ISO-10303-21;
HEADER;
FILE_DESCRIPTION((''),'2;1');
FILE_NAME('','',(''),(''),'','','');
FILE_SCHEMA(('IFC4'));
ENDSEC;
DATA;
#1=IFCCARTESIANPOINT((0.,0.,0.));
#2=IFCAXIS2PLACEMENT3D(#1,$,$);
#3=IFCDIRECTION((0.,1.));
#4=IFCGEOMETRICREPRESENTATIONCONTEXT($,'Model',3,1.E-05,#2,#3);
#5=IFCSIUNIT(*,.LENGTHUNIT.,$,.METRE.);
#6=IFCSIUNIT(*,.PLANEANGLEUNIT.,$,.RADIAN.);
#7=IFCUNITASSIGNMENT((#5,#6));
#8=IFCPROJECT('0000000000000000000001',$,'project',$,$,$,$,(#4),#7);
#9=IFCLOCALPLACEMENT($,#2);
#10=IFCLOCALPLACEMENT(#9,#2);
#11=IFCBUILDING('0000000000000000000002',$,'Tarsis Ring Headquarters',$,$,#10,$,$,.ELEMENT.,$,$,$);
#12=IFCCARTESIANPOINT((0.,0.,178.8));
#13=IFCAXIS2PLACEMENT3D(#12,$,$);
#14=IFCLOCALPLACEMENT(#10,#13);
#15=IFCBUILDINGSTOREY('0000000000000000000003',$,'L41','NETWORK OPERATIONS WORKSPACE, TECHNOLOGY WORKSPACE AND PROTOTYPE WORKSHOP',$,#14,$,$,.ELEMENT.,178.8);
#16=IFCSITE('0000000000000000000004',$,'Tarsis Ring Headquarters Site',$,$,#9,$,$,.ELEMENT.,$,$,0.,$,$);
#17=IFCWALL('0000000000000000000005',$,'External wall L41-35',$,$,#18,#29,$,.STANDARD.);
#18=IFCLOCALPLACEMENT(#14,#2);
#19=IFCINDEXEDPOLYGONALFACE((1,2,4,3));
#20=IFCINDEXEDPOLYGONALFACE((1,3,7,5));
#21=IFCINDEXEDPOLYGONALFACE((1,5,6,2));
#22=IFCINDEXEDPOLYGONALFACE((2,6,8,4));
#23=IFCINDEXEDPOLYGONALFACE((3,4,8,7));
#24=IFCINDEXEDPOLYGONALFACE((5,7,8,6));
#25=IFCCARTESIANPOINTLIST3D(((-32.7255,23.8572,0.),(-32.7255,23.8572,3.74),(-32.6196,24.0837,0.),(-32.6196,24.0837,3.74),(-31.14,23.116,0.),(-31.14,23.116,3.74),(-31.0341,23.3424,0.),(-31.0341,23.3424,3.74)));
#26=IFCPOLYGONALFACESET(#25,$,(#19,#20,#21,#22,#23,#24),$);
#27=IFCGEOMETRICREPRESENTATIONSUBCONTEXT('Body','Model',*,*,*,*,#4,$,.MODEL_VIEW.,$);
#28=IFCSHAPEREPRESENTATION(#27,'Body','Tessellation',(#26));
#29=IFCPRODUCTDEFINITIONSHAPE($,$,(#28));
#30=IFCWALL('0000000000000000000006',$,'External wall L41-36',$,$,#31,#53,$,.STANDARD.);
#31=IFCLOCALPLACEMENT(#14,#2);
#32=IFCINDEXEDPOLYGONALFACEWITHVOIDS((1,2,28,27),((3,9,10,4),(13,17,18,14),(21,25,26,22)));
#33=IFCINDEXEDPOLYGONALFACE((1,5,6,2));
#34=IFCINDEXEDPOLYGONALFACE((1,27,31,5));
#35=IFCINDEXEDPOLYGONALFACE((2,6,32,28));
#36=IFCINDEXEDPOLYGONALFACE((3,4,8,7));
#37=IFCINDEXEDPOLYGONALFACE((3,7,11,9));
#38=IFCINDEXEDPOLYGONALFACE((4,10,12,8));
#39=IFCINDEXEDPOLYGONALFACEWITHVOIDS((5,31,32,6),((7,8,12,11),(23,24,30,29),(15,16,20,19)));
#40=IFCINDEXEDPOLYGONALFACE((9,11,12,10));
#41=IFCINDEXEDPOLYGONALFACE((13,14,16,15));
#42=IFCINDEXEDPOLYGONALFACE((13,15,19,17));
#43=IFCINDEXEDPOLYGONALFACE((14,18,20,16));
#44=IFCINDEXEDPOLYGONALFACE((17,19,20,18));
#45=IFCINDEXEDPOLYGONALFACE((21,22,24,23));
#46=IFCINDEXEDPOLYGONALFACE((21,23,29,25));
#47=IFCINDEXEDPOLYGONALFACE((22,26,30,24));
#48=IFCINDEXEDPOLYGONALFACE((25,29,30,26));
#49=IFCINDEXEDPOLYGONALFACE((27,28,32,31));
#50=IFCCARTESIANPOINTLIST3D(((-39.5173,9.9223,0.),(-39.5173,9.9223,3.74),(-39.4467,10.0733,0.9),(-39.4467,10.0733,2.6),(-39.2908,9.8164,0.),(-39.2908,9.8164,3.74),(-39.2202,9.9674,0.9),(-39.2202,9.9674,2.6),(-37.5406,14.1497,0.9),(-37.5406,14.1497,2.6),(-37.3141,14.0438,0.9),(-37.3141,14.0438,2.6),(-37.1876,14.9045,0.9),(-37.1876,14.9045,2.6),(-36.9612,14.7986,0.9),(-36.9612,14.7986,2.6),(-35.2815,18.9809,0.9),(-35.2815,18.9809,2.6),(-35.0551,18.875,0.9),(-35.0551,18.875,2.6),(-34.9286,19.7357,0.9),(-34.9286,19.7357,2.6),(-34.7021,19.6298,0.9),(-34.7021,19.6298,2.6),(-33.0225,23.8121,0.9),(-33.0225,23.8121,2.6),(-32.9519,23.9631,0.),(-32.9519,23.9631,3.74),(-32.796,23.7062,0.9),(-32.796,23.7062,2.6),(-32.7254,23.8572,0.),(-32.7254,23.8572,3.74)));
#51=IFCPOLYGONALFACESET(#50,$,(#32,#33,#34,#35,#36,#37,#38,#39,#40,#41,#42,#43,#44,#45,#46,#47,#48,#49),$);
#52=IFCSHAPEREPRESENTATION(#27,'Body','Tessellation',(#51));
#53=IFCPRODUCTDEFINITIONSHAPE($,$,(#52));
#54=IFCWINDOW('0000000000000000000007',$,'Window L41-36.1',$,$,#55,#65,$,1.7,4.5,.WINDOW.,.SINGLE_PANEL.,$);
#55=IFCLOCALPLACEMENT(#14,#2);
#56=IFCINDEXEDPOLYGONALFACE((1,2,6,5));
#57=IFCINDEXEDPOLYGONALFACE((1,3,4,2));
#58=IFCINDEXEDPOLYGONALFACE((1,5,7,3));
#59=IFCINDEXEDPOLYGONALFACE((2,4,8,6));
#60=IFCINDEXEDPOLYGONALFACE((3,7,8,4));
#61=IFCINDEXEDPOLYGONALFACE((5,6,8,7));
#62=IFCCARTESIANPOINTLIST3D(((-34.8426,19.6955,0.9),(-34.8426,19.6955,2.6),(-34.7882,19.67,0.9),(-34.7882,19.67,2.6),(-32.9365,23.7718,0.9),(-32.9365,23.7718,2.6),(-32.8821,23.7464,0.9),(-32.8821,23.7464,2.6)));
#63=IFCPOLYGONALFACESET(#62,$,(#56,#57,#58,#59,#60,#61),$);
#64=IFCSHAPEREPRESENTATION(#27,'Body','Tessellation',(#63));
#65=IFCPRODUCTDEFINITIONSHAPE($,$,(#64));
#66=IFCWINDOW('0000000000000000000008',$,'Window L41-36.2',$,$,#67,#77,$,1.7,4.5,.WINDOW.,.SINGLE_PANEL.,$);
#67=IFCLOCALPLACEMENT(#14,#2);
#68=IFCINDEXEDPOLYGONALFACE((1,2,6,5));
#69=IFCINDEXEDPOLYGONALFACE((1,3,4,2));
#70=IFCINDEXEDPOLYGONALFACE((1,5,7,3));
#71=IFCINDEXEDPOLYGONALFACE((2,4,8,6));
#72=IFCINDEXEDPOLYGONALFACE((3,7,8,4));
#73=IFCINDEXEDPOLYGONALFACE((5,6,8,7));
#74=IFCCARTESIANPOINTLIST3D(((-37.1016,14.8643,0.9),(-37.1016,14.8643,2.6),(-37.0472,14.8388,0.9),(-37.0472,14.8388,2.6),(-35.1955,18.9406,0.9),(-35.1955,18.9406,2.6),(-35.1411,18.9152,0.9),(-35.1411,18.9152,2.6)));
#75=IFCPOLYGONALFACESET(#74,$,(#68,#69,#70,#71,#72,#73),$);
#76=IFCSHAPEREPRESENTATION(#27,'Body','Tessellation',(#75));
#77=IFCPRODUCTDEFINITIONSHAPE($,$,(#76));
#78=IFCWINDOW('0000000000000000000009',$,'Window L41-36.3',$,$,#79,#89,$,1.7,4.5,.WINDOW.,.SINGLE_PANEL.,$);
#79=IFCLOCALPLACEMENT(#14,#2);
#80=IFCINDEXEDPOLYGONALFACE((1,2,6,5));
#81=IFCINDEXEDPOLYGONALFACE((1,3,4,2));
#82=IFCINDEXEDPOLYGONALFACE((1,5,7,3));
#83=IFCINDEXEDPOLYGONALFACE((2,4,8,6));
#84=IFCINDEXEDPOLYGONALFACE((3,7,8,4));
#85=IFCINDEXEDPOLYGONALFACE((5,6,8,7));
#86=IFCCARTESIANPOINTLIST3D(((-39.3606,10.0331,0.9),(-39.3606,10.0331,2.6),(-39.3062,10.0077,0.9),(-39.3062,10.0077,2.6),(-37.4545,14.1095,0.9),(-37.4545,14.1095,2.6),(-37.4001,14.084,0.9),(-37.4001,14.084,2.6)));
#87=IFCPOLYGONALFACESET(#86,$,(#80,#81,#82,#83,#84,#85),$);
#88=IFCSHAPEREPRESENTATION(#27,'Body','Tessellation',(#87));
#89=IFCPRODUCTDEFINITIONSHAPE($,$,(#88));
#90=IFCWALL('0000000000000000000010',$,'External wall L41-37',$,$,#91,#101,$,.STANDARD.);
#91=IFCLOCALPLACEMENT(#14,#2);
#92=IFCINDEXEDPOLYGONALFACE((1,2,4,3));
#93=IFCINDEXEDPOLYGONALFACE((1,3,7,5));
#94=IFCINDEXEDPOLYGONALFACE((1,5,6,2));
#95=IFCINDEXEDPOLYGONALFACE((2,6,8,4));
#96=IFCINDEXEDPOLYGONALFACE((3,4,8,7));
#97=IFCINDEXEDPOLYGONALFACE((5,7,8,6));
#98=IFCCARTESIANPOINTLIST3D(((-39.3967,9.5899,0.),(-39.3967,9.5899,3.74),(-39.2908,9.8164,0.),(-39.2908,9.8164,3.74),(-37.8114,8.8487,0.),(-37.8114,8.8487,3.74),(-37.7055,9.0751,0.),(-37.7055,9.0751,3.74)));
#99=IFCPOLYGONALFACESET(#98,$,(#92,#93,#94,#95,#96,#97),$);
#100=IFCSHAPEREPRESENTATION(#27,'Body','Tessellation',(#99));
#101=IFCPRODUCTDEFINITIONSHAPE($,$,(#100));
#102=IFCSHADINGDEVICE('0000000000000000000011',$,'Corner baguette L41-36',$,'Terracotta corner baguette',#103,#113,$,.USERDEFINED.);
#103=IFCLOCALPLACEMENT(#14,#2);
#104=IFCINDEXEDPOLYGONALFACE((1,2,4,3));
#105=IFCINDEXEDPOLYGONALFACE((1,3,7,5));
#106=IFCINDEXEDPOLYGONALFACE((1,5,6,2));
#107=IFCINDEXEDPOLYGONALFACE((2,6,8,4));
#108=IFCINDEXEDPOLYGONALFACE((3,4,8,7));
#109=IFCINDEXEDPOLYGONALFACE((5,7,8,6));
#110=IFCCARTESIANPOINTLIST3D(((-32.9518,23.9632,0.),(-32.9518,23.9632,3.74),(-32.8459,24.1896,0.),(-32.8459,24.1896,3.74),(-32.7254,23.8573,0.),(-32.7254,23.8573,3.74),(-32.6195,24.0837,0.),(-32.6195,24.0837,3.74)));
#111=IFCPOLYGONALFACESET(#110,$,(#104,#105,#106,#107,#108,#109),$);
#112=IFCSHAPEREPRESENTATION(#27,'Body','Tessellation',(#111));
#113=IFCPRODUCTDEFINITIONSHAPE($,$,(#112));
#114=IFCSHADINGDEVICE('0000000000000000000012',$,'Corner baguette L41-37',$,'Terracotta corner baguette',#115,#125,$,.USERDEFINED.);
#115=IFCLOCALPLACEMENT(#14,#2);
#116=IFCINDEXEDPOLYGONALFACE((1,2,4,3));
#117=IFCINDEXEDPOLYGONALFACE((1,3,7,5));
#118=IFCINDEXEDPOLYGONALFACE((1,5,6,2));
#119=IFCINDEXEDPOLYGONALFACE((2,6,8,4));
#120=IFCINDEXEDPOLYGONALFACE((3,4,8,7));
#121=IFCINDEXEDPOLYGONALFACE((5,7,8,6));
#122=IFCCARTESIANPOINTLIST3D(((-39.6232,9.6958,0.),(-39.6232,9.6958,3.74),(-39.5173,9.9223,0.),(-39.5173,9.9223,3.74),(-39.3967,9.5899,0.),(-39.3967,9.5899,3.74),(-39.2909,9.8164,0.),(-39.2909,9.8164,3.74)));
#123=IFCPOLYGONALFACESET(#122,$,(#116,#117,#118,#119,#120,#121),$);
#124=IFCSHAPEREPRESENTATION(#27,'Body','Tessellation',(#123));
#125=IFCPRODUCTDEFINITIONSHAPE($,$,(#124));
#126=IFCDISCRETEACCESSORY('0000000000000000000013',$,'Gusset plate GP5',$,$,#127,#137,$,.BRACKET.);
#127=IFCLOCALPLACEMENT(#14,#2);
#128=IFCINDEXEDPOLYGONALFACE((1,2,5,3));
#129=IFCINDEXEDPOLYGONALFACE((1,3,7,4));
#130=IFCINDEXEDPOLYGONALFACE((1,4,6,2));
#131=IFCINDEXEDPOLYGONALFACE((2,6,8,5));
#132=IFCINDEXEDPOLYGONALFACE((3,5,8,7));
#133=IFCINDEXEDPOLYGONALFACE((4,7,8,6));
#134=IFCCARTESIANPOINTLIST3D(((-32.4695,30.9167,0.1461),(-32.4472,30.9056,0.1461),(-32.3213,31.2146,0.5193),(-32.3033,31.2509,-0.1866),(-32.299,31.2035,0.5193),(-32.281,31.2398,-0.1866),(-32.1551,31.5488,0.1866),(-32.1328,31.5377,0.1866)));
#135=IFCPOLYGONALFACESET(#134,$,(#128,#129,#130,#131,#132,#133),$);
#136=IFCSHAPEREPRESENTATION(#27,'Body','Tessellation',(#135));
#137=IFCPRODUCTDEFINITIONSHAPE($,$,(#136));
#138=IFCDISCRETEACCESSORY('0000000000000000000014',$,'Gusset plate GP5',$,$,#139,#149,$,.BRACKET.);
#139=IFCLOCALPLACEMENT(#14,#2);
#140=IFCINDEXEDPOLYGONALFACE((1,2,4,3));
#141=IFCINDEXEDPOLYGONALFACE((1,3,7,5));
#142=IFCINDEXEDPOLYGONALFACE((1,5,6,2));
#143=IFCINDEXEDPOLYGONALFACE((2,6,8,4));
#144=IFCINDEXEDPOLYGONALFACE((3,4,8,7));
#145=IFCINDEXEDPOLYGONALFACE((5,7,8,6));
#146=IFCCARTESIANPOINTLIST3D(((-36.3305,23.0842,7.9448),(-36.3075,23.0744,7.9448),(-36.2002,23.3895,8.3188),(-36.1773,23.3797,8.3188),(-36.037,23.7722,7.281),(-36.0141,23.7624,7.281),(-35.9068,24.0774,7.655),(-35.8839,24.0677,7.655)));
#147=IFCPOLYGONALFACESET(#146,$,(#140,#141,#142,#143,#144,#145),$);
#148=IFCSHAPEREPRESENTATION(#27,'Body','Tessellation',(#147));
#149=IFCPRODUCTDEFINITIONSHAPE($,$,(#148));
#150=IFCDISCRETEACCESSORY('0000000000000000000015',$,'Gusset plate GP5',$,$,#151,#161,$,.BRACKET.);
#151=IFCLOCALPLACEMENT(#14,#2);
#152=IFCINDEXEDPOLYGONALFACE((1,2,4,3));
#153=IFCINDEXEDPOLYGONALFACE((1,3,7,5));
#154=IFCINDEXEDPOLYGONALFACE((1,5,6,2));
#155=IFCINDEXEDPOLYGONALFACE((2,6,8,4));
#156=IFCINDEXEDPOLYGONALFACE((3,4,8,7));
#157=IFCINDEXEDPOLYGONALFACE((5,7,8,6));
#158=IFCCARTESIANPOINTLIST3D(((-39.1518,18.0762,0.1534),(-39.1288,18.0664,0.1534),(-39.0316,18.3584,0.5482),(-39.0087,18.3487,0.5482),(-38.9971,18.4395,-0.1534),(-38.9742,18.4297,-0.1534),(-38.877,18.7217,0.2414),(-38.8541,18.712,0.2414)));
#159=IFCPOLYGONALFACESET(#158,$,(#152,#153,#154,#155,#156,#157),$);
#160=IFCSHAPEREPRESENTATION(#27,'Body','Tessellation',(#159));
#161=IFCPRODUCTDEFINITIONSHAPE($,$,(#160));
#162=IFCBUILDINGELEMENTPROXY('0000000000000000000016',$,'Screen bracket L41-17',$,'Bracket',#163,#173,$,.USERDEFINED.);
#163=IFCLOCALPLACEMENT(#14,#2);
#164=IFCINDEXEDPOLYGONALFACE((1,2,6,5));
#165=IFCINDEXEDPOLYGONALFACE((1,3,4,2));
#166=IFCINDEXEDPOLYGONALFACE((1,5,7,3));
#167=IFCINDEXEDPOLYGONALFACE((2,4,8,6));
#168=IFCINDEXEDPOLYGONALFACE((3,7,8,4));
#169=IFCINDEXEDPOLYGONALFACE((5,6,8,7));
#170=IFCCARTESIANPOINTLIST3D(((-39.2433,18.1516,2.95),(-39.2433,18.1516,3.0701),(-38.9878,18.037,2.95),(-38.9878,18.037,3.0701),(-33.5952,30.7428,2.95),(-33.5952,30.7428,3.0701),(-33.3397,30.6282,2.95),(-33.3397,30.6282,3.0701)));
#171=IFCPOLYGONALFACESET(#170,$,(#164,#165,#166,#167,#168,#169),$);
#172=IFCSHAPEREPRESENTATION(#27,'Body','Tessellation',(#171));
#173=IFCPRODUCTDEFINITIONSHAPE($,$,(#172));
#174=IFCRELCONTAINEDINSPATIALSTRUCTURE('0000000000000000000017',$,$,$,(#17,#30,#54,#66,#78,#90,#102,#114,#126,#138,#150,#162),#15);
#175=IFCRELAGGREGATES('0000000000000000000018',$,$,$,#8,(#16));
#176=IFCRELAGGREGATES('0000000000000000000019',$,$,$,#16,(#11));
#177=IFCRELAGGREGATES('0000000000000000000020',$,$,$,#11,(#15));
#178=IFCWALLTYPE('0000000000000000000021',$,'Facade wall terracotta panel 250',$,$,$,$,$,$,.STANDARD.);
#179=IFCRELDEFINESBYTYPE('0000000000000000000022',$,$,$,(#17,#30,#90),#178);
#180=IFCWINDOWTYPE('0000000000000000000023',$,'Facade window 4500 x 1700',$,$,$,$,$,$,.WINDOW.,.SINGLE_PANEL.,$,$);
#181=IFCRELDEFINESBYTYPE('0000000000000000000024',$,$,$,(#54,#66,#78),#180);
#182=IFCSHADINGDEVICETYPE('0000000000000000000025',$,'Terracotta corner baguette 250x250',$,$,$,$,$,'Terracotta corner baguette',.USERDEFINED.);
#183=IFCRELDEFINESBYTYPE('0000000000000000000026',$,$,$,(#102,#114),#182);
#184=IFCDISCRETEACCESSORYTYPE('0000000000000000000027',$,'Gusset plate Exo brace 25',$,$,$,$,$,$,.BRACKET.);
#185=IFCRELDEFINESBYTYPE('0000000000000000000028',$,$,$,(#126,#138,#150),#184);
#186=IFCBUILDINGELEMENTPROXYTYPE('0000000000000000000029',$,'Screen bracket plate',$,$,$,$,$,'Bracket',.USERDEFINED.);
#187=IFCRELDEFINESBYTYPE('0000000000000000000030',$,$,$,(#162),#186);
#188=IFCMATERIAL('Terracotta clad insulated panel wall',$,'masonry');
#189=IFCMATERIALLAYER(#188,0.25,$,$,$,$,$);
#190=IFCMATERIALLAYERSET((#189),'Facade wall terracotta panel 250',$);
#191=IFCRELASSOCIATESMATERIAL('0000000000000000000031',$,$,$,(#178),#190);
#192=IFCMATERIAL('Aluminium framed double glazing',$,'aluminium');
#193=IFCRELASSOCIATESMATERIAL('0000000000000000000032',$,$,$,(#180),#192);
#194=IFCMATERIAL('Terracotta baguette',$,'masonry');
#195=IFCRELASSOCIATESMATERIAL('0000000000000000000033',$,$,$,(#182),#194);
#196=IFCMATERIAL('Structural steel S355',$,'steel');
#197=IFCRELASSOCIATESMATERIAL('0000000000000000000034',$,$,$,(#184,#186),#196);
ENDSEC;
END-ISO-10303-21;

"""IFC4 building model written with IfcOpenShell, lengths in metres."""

from ifc_helpers import new_model, si_unit, direction, frame, frame_2d, origin, origin_2d, place, context, subcontext, project, spatial, rectangle, extrude, material, layer, layer_set, material_profile, profile_set, type_object, element, fill, save


model = new_model("IFC4")

# Units and contexts
model_context = context("Model", 3, precision=1e-05, world=origin(), true_north=direction((0.0, 1.0)))
body_context = subcontext(model_context, "Body", "Model", "MODEL_VIEW")
ifc_project = project(units=[si_unit("LENGTHUNIT", "METRE"), si_unit("PLANEANGLEUNIT", "RADIAN")], contexts=[model_context])

# Site, building, storey
site_placement = place(None, origin())
site = spatial("IfcSite", under=ifc_project, at=site_placement, Name="Tarsis Ring Headquarters Site", CompositionType="ELEMENT", RefElevation=0.0)
building_placement = place(site_placement, origin())
building = spatial("IfcBuilding", under=site, at=building_placement, Name="Tarsis Ring Headquarters", CompositionType="ELEMENT")
storey_placement = place(building_placement, frame((0.0, 0.0, 178.8)))
storey = spatial("IfcBuildingStorey", under=building, at=storey_placement, Name="L41", Description="NETWORK OPERATIONS WORKSPACE, TECHNOLOGY WORKSPACE AND PROTOTYPE WORKSHOP", CompositionType="ELEMENT", Elevation=178.8)

# Shared definitions
ifc_material_1 = material(Name="Structural steel S355", Category="steel")

# Wall
ifc_material_2 = material(Name="Terracotta clad insulated panel wall", Category="masonry")
ifc_layer_1 = layer(ifc_material_2, 0.25)
ifc_layer_set_1 = layer_set([ifc_layer_1], Name="Facade wall terracotta panel 250")
wall_type_1 = type_object("IfcWallType", Name="Facade wall terracotta panel 250", PredefinedType="STANDARD", material=ifc_layer_set_1)
wall_1_placement = place(storey_placement, frame((-31.0872, 23.2292, 0.0), z_axis=(0.0, 0.0, 1.0), x_axis=(-0.905891, 0.423512, 0.0)))
element("IfcWall", 1, at=wall_1_placement, inside=storey, type_object=wall_type_1, Name="External wall L41-35", PredefinedType="STANDARD", context=body_context, shape_type="SweptSolid", body=[
    extrude(rectangle(XDim=1.7502, YDim=0.25, at=frame_2d((0.875, 0.0))), origin(), (0.0, 0.0, 1.0), 3.74),
])

# Wall, openings, windows
wall_2_placement = place(storey_placement, frame((-32.8386, 23.9102, 0.0), z_axis=(0.0, 0.0, 1.0), x_axis=(-0.423578, -0.90586, 0.0)))
wall_2 = element("IfcWall", 2, at=wall_2_placement, inside=storey, type_object=wall_type_1, Name="External wall L41-36", PredefinedType="STANDARD", context=body_context, shape_type="SweptSolid", body=[
    extrude(rectangle(XDim=15.5, YDim=0.25, at=frame_2d((7.75, 0.0))), origin(), (0.0, 0.0, 1.0), 3.74),
])
opening_1_placement = place(wall_2_placement, frame((0.1667, 0.0, 0.8999)))
opening_1 = element("IfcOpeningElement", 3, at=opening_1_placement, cuts=wall_2, PredefinedType="OPENING", context=body_context, shape_type="SweptSolid", body=[
    extrude(rectangle(XDim=4.5, YDim=1.7, at=frame_2d((2.25, 0.8501))), frame((0.0, 0.135, 0.0), z_axis=(0.0, -1.0, 0.0), x_axis=(1.0, 0.0, 0.0)), (0.0, 0.0, 1.0), 0.27),
])
opening_2_placement = place(wall_2_placement, frame((5.5, 0.0, 0.8999)))
opening_2 = element("IfcOpeningElement", 4, at=opening_2_placement, cuts=wall_2, PredefinedType="OPENING", context=body_context, shape_type="SweptSolid", body=[
    extrude(rectangle(XDim=4.5, YDim=1.7, at=frame_2d((2.25, 0.8501))), frame((0.0, 0.135, 0.0), z_axis=(0.0, -1.0, 0.0), x_axis=(1.0, 0.0, 0.0)), (0.0, 0.0, 1.0), 0.27),
])
opening_3_placement = place(wall_2_placement, frame((10.8333, 0.0, 0.8999)))
opening_3 = element("IfcOpeningElement", 5, at=opening_3_placement, cuts=wall_2, PredefinedType="OPENING", context=body_context, shape_type="SweptSolid", body=[
    extrude(rectangle(XDim=4.5, YDim=1.7, at=frame_2d((2.25, 0.8501))), frame((0.0, 0.135, 0.0), z_axis=(0.0, -1.0, 0.0), x_axis=(1.0, 0.0, 0.0)), (0.0, 0.0, 1.0), 0.27),
])
ifc_material_3 = material(Name="Aluminium framed double glazing", Category="aluminium")
window_type = type_object("IfcWindowType", Name="Facade window 4500 x 1700", PartitioningType="SINGLE_PANEL", PredefinedType="WINDOW", material=ifc_material_3)
window_1_placement = place(opening_1_placement, origin())
window_1 = element("IfcWindow", 6, at=window_1_placement, inside=storey, type_object=window_type, Name="Window L41-36.1", OverallHeight=1.7, OverallWidth=4.5, PartitioningType="SINGLE_PANEL", PredefinedType="WINDOW", context=body_context, shape_type="SweptSolid", body=[
    extrude(rectangle(XDim=4.5, YDim=1.7, at=frame_2d((2.25, 0.8501))), frame((0.0, 0.03, 0.0), z_axis=(0.0, -1.0, 0.0), x_axis=(1.0, 0.0, 0.0)), (0.0, 0.0, 1.0), 0.0601),
])
fill(opening_1, window_1)
window_2_placement = place(opening_2_placement, origin())
window_2 = element("IfcWindow", 7, at=window_2_placement, inside=storey, type_object=window_type, Name="Window L41-36.2", OverallHeight=1.7, OverallWidth=4.5, PartitioningType="SINGLE_PANEL", PredefinedType="WINDOW", context=body_context, shape_type="SweptSolid", body=[
    extrude(rectangle(XDim=4.5, YDim=1.7, at=frame_2d((2.25, 0.8501))), frame((0.0, 0.03, 0.0), z_axis=(0.0, -1.0, 0.0), x_axis=(1.0, 0.0, 0.0)), (0.0, 0.0, 1.0), 0.0601),
])
fill(opening_2, window_2)
window_3_placement = place(opening_3_placement, origin())
window_3 = element("IfcWindow", 8, at=window_3_placement, inside=storey, type_object=window_type, Name="Window L41-36.3", OverallHeight=1.7, OverallWidth=4.5, PartitioningType="SINGLE_PANEL", PredefinedType="WINDOW", context=body_context, shape_type="SweptSolid", body=[
    extrude(rectangle(XDim=4.5, YDim=1.7, at=frame_2d((2.25, 0.8501))), frame((0.0, 0.03, 0.0), z_axis=(0.0, -1.0, 0.0), x_axis=(1.0, 0.0, 0.0)), (0.0, 0.0, 1.0), 0.0601),
])
fill(opening_3, window_3)

# Wall
wall_3_placement = place(storey_placement, frame((-39.3438, 9.7031, 0.0), z_axis=(0.0, 0.0, 1.0), x_axis=(0.905866, -0.423565, 0.0)))
element("IfcWall", 9, at=wall_3_placement, inside=storey, type_object=wall_type_1, Name="External wall L41-37", PredefinedType="STANDARD", context=body_context, shape_type="SweptSolid", body=[
    extrude(rectangle(XDim=1.75, YDim=0.25, at=frame_2d((0.875, 0.0))), origin(), (0.0, 0.0, 1.0), 3.74),
])

# Shading devices
ifc_material_4 = material(Name="Terracotta baguette", Category="masonry")
shading_device_type_1 = type_object("IfcShadingDeviceType", Name="Terracotta corner baguette 250x250", ElementType="Terracotta corner baguette", PredefinedType="USERDEFINED", material=ifc_material_4)
for number, where, z_axis, x_axis, name in (
    (10, (-32.7856, 24.0234, 0.0), (0.0, 0.0, 1.0), (-0.905865, 0.423567, 0.0), "Corner baguette L41-36"),
    (11, (-39.457, 9.7561, 0.0), (0.0, 0.0, 1.0), (-0.423567, -0.905865, 0.0), "Corner baguette L41-37"),
):
    element("IfcShadingDevice", number, at=place(storey_placement, frame(where, z_axis=z_axis, x_axis=x_axis)), inside=storey, type_object=shading_device_type_1, Name=name, ObjectType="Terracotta corner baguette", PredefinedType="USERDEFINED", context=body_context, shape_type="SweptSolid", body=[
        extrude(rectangle(XDim=0.25, YDim=0.25, at=origin_2d()), origin(), (0.0, 0.0, 1.0), 3.74),
    ])

# Discrete accessories
ifc_material_profile_1 = material_profile(ifc_material_1, rectangle(XDim=0.0249, YDim=0.5, at=origin_2d()), Name="PL 25x500")
ifc_profile_set_1 = profile_set([ifc_material_profile_1], Name="Structural steel S355")
discrete_accessory_type = type_object("IfcDiscreteAccessoryType", Name="Gusset plate Exo brace 25", PredefinedType="BRACKET", material=ifc_profile_set_1)
discrete_accessory_1_placement = place(storey_placement, frame((-32.218, 31.3943, 0.0), z_axis=(-0.332465, -0.668347, 0.665417), x_axis=(0.895341, -0.445381, 0.0)))
element("IfcDiscreteAccessory", 12, at=discrete_accessory_1_placement, inside=storey, type_object=discrete_accessory_type, Name="Gusset plate GP5", PredefinedType="BRACKET", context=body_context, shape_type="SweptSolid", body=[
    extrude(rectangle(XDim=0.0249, YDim=0.5, at=origin_2d()), origin(), (0.0, 0.0, 1.0), 0.5),
])
discrete_accessory_2_placement = place(storey_placement, frame((-35.9604, 23.9199, 7.468), z_axis=(-0.293442, -0.687954, 0.663785), x_axis=(0.919819, -0.392343, 0.0)))
element("IfcDiscreteAccessory", 13, at=discrete_accessory_2_placement, inside=storey, type_object=discrete_accessory_type, Name="Gusset plate GP5", PredefinedType="BRACKET", context=body_context, shape_type="SweptSolid", body=[
    extrude(rectangle(XDim=0.0249, YDim=0.5, at=origin_2d()), origin(), (0.0, 0.0, 1.0), 1.0),
])
discrete_accessory_3_placement = place(storey_placement, frame((-39.063, 18.2529, 0.0), z_axis=(0.240269, 0.564535, 0.789665), x_axis=(-0.92013, 0.391613, 0.0)))
element("IfcDiscreteAccessory", 14, at=discrete_accessory_3_placement, inside=storey, type_object=discrete_accessory_type, Name="Gusset plate GP5", PredefinedType="BRACKET", context=body_context, shape_type="SweptSolid", body=[
    extrude(rectangle(XDim=0.0249, YDim=0.5, at=origin_2d()), origin(), (0.0, 0.0, 1.0), 0.5),
])

# Building element proxy
building_element_proxy_type = type_object("IfcBuildingElementProxyType", Name="Screen bracket plate", ElementType="Bracket", PredefinedType="USERDEFINED", material=ifc_material_1)
proxy_placement = place(storey_placement, frame((-36.2915, 24.3899, 2.95), z_axis=(0.0, 0.0, 1.0), x_axis=(-0.409286, -0.912406, 0.0)))
element("IfcBuildingElementProxy", 15, at=proxy_placement, inside=storey, type_object=building_element_proxy_type, Name="Screen bracket L41-17", ObjectType="Bracket", PredefinedType="USERDEFINED", context=body_context, shape_type="SweptSolid", body=[
    extrude(rectangle(XDim=13.8, YDim=0.28, at=origin_2d()), origin(), (0.0, 0.0, 1.0), 0.1201),
])

save(model, "model.ifc")
